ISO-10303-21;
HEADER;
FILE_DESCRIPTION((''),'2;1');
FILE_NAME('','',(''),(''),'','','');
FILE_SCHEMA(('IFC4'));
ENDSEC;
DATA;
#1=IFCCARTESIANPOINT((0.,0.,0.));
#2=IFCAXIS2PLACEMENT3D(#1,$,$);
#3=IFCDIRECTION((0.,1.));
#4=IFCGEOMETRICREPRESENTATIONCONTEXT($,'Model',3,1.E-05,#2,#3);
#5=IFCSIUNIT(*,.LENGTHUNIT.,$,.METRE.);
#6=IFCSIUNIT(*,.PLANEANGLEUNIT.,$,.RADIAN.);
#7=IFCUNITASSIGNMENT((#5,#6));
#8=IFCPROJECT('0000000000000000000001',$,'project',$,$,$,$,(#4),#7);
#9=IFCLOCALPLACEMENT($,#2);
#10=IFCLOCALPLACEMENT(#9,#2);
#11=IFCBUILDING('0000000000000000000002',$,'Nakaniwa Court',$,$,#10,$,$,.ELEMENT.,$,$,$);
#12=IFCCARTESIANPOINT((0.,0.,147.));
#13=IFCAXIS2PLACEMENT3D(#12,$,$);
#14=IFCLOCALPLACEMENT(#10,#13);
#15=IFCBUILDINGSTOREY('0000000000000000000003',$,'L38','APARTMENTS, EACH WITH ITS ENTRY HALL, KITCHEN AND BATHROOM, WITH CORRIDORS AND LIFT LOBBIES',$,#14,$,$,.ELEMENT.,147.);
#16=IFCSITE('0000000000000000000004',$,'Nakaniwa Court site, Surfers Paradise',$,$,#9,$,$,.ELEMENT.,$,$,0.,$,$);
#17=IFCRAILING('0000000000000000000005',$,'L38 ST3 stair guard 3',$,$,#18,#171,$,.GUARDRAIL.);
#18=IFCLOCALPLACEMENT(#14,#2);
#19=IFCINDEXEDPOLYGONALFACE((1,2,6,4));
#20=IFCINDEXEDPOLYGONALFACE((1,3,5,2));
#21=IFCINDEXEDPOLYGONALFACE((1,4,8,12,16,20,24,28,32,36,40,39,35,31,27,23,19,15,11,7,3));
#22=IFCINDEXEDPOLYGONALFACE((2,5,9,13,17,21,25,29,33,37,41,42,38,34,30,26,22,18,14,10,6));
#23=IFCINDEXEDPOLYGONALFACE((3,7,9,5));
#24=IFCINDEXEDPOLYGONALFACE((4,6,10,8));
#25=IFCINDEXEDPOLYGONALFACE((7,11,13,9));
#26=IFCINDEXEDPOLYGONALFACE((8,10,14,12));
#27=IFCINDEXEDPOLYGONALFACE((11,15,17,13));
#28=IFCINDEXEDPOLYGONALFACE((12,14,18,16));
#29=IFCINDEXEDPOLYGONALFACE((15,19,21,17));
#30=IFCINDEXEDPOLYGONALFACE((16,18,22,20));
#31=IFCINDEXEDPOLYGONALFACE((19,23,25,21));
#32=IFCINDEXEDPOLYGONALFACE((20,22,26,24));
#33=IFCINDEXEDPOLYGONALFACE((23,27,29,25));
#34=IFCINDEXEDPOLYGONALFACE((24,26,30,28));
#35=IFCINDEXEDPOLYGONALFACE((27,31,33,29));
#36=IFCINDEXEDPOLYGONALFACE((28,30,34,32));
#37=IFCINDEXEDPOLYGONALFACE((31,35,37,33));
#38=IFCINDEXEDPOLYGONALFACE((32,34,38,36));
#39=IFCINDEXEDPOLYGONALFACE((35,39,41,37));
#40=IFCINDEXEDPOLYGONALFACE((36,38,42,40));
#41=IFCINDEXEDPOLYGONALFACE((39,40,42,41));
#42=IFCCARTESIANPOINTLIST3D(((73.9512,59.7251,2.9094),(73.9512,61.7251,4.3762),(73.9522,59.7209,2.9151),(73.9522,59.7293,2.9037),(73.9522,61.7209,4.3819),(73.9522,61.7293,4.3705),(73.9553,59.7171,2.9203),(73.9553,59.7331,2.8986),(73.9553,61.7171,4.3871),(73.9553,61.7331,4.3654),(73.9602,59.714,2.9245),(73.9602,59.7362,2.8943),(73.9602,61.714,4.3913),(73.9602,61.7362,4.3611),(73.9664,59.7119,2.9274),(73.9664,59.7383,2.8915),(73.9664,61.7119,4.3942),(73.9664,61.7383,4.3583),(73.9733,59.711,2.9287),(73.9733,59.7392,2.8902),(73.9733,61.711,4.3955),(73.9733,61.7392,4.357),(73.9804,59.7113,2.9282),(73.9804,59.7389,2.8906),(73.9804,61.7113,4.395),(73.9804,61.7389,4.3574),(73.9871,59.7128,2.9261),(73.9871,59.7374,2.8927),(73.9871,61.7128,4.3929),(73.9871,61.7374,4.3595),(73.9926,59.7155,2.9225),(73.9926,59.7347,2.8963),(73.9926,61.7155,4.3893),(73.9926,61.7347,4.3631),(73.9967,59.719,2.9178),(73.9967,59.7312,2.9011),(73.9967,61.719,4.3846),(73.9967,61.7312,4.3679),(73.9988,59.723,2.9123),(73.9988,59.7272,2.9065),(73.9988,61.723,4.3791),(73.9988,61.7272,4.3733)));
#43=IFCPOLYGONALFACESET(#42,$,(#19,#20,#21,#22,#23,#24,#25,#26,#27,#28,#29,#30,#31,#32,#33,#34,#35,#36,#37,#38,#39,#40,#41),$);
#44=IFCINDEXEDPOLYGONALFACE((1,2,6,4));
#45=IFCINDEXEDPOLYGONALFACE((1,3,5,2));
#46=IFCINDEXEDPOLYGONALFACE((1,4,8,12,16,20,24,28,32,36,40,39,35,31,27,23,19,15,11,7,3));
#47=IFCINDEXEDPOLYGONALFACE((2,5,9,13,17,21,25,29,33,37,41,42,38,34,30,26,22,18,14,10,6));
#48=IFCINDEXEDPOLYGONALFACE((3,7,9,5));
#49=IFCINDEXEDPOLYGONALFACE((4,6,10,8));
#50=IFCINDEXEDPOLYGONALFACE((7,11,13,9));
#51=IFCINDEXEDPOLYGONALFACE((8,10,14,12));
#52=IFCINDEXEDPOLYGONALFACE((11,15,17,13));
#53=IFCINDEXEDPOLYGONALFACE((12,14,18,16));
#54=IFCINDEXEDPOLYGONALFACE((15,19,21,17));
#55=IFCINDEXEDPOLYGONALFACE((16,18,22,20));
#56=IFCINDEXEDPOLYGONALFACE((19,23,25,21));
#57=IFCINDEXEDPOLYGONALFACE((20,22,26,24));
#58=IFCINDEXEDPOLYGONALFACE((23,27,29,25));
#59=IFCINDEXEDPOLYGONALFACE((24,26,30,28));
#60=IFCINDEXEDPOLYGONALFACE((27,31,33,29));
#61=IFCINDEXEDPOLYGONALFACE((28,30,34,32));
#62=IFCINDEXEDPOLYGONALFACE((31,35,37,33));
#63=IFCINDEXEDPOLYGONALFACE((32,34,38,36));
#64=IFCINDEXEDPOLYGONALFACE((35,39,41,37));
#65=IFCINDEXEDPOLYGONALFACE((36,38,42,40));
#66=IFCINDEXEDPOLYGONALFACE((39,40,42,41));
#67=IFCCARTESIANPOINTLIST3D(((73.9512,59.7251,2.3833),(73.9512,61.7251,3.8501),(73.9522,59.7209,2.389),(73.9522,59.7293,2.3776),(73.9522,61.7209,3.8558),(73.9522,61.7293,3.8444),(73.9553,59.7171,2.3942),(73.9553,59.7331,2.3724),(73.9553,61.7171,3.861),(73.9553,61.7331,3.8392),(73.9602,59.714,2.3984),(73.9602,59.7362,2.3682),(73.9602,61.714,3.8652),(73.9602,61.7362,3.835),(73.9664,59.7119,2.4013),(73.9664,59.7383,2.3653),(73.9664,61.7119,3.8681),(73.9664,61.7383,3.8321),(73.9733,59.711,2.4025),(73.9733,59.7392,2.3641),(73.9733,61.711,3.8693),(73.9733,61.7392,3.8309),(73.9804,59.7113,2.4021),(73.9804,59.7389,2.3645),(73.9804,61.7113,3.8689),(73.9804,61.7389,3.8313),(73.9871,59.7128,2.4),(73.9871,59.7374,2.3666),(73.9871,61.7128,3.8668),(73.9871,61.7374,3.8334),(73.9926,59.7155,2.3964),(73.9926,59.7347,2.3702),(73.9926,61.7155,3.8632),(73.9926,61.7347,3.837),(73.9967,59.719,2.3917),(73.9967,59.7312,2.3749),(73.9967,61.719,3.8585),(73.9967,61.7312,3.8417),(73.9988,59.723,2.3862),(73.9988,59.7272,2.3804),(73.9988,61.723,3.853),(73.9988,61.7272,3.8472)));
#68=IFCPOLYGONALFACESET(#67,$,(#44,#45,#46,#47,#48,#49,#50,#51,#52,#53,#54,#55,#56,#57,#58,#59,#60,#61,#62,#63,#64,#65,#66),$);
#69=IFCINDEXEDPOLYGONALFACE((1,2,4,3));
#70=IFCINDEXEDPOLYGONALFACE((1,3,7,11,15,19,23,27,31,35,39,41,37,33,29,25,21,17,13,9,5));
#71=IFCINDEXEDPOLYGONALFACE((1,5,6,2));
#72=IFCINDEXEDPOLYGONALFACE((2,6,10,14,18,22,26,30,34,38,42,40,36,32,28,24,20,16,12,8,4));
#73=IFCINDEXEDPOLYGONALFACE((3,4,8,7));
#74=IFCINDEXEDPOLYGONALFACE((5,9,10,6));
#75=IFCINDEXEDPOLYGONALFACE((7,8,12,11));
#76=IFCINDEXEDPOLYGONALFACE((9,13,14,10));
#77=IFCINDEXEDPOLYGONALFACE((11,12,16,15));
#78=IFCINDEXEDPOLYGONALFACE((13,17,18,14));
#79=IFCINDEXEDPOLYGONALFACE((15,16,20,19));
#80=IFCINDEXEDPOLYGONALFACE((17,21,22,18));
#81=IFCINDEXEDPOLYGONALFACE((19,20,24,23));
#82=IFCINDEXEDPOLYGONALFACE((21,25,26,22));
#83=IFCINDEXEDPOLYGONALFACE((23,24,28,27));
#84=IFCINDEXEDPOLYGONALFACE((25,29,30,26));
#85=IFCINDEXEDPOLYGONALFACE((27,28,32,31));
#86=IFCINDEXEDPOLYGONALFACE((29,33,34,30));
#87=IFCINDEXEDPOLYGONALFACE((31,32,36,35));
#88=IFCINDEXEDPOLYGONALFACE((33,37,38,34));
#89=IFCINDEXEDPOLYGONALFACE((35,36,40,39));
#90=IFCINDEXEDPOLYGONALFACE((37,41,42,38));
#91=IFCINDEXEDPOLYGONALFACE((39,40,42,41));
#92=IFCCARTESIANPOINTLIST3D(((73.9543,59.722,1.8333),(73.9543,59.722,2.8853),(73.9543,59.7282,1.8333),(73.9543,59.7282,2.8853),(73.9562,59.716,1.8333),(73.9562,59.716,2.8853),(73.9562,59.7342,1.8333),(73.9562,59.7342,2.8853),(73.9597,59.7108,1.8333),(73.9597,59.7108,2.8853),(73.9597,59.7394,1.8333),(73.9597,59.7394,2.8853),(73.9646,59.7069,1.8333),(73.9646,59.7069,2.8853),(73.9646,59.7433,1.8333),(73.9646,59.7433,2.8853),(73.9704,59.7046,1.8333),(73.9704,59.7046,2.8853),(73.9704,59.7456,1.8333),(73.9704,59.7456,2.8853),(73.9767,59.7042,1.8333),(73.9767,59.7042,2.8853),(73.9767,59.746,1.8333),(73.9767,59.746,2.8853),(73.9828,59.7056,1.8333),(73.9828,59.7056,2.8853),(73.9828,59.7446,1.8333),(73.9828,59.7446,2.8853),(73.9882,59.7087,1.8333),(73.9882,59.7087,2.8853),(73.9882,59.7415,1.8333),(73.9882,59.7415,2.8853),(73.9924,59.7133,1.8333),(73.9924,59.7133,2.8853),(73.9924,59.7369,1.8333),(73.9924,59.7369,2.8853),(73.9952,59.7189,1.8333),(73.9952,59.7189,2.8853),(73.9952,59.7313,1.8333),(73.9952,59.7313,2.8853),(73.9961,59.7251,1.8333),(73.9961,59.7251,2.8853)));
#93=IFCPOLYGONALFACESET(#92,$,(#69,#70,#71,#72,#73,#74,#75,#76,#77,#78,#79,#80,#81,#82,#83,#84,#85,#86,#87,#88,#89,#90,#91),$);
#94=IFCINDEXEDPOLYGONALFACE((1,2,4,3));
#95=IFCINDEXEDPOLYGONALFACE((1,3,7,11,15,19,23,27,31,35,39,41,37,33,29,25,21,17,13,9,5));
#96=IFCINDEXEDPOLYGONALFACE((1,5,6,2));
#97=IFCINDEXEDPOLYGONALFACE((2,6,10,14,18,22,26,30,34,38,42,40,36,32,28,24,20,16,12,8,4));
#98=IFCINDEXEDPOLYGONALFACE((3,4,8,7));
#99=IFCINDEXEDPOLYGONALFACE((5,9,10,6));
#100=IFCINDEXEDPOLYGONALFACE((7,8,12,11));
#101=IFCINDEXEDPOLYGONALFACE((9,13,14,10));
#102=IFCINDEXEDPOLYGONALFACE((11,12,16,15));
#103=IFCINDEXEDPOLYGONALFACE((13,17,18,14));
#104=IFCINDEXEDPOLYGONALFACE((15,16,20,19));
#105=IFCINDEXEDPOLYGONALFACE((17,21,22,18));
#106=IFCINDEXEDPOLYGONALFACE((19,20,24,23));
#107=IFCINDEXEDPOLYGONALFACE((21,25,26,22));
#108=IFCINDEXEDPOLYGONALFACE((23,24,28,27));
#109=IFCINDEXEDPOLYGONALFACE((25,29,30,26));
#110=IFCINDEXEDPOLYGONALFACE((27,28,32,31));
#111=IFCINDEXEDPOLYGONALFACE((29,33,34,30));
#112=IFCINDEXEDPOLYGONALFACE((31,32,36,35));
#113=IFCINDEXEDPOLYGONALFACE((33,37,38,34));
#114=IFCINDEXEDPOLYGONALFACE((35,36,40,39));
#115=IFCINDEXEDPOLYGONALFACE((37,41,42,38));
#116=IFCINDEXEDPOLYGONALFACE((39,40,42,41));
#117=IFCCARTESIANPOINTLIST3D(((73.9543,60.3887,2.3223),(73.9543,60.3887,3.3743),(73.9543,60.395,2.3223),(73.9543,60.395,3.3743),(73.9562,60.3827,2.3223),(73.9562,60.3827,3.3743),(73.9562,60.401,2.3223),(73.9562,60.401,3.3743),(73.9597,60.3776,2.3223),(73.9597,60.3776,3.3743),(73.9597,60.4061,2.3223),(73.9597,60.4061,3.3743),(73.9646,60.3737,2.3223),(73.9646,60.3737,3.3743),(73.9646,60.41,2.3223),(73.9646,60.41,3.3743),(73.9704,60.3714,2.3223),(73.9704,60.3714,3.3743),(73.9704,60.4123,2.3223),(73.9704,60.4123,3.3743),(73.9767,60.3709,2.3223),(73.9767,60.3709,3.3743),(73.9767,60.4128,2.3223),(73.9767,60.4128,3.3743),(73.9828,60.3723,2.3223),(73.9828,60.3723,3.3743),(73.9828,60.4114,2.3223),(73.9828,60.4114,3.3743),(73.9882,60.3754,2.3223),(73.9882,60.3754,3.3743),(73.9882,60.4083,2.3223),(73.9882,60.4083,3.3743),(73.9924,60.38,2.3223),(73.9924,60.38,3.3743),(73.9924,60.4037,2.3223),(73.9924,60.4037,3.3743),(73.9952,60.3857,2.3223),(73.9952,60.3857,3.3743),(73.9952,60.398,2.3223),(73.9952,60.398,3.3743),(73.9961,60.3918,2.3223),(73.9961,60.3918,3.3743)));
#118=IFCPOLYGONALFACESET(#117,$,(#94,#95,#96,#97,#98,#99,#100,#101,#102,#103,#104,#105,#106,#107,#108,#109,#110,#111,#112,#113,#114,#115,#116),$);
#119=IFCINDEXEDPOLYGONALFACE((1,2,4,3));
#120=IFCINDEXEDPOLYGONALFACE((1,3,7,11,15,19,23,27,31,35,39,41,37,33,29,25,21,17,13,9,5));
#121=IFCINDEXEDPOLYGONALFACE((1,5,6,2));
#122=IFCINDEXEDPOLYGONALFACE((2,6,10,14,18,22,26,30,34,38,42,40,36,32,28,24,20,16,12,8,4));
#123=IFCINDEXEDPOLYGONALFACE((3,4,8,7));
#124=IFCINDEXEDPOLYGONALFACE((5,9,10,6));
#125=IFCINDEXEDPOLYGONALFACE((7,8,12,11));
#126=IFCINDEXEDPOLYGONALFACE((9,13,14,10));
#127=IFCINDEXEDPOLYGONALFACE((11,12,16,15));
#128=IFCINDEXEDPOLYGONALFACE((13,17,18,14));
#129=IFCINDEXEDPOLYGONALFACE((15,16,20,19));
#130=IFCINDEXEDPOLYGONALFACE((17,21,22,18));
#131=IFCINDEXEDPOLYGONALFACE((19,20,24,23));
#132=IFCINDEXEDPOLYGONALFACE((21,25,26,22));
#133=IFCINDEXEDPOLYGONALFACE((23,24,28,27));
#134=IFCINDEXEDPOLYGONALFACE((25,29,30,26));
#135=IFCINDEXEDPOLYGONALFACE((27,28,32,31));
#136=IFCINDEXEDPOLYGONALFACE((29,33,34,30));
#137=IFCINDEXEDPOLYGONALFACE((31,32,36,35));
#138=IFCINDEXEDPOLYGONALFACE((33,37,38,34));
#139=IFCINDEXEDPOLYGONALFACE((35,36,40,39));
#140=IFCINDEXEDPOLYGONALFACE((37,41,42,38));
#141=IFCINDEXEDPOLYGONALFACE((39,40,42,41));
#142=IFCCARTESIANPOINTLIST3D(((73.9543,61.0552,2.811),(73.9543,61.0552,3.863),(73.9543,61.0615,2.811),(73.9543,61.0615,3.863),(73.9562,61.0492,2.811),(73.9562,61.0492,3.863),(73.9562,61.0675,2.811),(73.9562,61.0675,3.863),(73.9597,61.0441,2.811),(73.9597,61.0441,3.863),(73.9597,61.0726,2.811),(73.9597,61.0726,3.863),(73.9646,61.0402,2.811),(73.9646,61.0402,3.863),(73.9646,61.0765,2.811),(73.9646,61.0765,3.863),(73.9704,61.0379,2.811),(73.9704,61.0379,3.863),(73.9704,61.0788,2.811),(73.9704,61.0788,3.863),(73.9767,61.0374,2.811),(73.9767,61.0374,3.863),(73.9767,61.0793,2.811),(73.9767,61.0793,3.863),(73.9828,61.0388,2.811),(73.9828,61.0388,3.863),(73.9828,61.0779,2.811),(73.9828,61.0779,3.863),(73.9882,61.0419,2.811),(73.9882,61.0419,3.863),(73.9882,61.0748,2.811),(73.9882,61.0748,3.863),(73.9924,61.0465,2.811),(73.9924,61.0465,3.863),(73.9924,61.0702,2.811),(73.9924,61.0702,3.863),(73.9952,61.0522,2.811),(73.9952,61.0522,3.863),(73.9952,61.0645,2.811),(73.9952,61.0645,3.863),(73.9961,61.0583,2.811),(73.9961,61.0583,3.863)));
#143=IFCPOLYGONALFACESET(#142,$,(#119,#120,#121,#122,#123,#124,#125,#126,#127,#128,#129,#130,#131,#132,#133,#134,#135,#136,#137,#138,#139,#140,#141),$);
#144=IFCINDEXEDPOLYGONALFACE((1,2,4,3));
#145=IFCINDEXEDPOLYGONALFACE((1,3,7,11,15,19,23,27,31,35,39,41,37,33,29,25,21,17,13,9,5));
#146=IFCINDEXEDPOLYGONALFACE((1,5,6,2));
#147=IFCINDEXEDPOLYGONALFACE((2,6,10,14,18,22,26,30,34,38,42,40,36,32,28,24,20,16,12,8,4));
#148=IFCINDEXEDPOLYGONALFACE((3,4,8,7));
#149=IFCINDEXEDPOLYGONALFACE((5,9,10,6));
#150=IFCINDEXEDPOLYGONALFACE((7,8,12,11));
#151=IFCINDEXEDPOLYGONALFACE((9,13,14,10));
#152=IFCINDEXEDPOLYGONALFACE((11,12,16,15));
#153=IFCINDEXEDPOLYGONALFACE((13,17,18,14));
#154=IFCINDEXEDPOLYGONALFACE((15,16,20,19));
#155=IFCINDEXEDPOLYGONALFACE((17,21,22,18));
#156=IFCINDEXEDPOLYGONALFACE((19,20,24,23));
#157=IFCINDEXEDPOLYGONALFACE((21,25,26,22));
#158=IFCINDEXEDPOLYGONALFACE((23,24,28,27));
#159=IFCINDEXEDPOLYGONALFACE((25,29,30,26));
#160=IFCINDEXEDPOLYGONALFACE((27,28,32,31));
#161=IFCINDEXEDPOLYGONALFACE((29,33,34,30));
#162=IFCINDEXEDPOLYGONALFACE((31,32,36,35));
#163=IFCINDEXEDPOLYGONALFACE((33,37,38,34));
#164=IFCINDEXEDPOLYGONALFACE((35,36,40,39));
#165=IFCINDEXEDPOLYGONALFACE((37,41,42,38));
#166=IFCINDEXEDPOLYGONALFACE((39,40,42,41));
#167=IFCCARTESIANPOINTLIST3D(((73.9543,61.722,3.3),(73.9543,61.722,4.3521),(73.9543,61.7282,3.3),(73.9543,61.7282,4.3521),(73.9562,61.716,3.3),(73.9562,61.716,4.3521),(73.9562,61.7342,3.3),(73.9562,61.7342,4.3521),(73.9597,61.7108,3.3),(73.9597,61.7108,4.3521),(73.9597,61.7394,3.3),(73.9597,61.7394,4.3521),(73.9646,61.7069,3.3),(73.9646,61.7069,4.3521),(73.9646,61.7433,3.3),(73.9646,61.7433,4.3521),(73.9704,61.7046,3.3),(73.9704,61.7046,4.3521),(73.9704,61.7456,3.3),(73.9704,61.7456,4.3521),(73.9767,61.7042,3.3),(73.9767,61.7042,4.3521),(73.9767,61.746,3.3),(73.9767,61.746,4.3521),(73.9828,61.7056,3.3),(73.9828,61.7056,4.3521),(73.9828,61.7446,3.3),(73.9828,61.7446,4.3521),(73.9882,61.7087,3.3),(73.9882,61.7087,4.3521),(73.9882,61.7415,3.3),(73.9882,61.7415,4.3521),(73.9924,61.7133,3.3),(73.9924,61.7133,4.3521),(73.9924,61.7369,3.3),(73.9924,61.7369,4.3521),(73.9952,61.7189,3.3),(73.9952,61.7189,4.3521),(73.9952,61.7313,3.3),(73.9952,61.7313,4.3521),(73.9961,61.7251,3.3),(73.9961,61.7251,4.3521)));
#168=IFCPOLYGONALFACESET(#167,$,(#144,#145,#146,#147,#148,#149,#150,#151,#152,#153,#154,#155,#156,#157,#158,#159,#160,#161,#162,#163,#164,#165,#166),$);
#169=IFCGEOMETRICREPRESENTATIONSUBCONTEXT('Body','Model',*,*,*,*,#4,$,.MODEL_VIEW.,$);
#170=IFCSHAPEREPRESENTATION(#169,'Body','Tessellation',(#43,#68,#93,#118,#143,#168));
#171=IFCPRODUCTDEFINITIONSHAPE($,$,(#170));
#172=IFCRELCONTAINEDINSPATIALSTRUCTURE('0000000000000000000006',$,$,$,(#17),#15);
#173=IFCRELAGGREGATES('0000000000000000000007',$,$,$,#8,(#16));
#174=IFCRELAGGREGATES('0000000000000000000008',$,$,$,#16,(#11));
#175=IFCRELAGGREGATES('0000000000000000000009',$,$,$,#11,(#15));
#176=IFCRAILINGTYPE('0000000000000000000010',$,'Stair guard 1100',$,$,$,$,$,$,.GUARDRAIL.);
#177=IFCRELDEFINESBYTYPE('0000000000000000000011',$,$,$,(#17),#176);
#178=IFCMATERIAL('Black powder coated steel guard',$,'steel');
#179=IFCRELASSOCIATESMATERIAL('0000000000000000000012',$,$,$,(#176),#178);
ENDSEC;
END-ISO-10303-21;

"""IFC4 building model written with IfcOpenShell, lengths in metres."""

from ifc_helpers import new_model, si_unit, direction, frame, origin, origin_2d, place, context, subcontext, project, spatial, circle, extrude, material, type_object, element, save


model = new_model("IFC4")

# Units and contexts
model_context = context("Model", 3, precision=1e-05, world=origin(), true_north=direction((0.0, 1.0)))
body_context = subcontext(model_context, "Body", "Model", "MODEL_VIEW")
ifc_project = project(units=[si_unit("LENGTHUNIT", "METRE"), si_unit("PLANEANGLEUNIT", "RADIAN")], contexts=[model_context])

# Site, building, storey
site_placement = place(None, origin())
site = spatial("IfcSite", under=ifc_project, at=site_placement, Name="Nakaniwa Court site, Surfers Paradise", CompositionType="ELEMENT", RefElevation=0.0)
building_placement = place(site_placement, origin())
building = spatial("IfcBuilding", under=site, at=building_placement, Name="Nakaniwa Court", CompositionType="ELEMENT")
storey_placement = place(building_placement, frame((0.0, 0.0, 147.0)))
storey = spatial("IfcBuildingStorey", under=building, at=storey_placement, Name="L38", Description="APARTMENTS, EACH WITH ITS ENTRY HALL, KITCHEN AND BATHROOM, WITH CORRIDORS AND LIFT LOBBIES", CompositionType="ELEMENT", Elevation=147.0)

# Railing
ifc_material_1 = material(Name="Black powder coated steel guard", Category="steel")
railing_type_1 = type_object("IfcRailingType", Name="Stair guard 1100", PredefinedType="GUARDRAIL", material=ifc_material_1)
railing_1_placement = place(storey_placement, frame((73.9751, 59.7251, 1.8333)))
element("IfcRailing", 1, at=railing_1_placement, inside=storey, type_object=railing_type_1, Name="L38 ST3 stair guard 3", PredefinedType="GUARDRAIL", context=body_context, shape_type="SweptSolid", body=[
    extrude(circle(Radius=0.0239, at=origin_2d()), frame((0.0, 0.0, 1.0762), z_axis=(0.0, 0.80638, 0.591398), x_axis=(-1.0, 0.0, 0.0)), (0.0, 0.0, 1.0), 2.4802),
    extrude(circle(Radius=0.0239, at=origin_2d()), frame((0.0, 0.0, 0.55), z_axis=(0.0, 0.80638, 0.591398), x_axis=(-1.0, 0.0, 0.0)), (0.0, 0.0, 1.0), 2.4802),
    extrude(circle(Radius=0.021, at=origin_2d()), origin(), (0.0, 0.0, 1.0), 1.052),
    extrude(circle(Radius=0.021, at=origin_2d()), frame((0.0, 0.6667, 0.489)), (0.0, 0.0, 1.0), 1.052),
    extrude(circle(Radius=0.021, at=origin_2d()), frame((0.0, 1.3333, 0.9778)), (0.0, 0.0, 1.0), 1.052),
    extrude(circle(Radius=0.021, at=origin_2d()), frame((0.0, 2.0, 1.4668)), (0.0, 0.0, 1.0), 1.052),
])

save(model, "model.ifc")
